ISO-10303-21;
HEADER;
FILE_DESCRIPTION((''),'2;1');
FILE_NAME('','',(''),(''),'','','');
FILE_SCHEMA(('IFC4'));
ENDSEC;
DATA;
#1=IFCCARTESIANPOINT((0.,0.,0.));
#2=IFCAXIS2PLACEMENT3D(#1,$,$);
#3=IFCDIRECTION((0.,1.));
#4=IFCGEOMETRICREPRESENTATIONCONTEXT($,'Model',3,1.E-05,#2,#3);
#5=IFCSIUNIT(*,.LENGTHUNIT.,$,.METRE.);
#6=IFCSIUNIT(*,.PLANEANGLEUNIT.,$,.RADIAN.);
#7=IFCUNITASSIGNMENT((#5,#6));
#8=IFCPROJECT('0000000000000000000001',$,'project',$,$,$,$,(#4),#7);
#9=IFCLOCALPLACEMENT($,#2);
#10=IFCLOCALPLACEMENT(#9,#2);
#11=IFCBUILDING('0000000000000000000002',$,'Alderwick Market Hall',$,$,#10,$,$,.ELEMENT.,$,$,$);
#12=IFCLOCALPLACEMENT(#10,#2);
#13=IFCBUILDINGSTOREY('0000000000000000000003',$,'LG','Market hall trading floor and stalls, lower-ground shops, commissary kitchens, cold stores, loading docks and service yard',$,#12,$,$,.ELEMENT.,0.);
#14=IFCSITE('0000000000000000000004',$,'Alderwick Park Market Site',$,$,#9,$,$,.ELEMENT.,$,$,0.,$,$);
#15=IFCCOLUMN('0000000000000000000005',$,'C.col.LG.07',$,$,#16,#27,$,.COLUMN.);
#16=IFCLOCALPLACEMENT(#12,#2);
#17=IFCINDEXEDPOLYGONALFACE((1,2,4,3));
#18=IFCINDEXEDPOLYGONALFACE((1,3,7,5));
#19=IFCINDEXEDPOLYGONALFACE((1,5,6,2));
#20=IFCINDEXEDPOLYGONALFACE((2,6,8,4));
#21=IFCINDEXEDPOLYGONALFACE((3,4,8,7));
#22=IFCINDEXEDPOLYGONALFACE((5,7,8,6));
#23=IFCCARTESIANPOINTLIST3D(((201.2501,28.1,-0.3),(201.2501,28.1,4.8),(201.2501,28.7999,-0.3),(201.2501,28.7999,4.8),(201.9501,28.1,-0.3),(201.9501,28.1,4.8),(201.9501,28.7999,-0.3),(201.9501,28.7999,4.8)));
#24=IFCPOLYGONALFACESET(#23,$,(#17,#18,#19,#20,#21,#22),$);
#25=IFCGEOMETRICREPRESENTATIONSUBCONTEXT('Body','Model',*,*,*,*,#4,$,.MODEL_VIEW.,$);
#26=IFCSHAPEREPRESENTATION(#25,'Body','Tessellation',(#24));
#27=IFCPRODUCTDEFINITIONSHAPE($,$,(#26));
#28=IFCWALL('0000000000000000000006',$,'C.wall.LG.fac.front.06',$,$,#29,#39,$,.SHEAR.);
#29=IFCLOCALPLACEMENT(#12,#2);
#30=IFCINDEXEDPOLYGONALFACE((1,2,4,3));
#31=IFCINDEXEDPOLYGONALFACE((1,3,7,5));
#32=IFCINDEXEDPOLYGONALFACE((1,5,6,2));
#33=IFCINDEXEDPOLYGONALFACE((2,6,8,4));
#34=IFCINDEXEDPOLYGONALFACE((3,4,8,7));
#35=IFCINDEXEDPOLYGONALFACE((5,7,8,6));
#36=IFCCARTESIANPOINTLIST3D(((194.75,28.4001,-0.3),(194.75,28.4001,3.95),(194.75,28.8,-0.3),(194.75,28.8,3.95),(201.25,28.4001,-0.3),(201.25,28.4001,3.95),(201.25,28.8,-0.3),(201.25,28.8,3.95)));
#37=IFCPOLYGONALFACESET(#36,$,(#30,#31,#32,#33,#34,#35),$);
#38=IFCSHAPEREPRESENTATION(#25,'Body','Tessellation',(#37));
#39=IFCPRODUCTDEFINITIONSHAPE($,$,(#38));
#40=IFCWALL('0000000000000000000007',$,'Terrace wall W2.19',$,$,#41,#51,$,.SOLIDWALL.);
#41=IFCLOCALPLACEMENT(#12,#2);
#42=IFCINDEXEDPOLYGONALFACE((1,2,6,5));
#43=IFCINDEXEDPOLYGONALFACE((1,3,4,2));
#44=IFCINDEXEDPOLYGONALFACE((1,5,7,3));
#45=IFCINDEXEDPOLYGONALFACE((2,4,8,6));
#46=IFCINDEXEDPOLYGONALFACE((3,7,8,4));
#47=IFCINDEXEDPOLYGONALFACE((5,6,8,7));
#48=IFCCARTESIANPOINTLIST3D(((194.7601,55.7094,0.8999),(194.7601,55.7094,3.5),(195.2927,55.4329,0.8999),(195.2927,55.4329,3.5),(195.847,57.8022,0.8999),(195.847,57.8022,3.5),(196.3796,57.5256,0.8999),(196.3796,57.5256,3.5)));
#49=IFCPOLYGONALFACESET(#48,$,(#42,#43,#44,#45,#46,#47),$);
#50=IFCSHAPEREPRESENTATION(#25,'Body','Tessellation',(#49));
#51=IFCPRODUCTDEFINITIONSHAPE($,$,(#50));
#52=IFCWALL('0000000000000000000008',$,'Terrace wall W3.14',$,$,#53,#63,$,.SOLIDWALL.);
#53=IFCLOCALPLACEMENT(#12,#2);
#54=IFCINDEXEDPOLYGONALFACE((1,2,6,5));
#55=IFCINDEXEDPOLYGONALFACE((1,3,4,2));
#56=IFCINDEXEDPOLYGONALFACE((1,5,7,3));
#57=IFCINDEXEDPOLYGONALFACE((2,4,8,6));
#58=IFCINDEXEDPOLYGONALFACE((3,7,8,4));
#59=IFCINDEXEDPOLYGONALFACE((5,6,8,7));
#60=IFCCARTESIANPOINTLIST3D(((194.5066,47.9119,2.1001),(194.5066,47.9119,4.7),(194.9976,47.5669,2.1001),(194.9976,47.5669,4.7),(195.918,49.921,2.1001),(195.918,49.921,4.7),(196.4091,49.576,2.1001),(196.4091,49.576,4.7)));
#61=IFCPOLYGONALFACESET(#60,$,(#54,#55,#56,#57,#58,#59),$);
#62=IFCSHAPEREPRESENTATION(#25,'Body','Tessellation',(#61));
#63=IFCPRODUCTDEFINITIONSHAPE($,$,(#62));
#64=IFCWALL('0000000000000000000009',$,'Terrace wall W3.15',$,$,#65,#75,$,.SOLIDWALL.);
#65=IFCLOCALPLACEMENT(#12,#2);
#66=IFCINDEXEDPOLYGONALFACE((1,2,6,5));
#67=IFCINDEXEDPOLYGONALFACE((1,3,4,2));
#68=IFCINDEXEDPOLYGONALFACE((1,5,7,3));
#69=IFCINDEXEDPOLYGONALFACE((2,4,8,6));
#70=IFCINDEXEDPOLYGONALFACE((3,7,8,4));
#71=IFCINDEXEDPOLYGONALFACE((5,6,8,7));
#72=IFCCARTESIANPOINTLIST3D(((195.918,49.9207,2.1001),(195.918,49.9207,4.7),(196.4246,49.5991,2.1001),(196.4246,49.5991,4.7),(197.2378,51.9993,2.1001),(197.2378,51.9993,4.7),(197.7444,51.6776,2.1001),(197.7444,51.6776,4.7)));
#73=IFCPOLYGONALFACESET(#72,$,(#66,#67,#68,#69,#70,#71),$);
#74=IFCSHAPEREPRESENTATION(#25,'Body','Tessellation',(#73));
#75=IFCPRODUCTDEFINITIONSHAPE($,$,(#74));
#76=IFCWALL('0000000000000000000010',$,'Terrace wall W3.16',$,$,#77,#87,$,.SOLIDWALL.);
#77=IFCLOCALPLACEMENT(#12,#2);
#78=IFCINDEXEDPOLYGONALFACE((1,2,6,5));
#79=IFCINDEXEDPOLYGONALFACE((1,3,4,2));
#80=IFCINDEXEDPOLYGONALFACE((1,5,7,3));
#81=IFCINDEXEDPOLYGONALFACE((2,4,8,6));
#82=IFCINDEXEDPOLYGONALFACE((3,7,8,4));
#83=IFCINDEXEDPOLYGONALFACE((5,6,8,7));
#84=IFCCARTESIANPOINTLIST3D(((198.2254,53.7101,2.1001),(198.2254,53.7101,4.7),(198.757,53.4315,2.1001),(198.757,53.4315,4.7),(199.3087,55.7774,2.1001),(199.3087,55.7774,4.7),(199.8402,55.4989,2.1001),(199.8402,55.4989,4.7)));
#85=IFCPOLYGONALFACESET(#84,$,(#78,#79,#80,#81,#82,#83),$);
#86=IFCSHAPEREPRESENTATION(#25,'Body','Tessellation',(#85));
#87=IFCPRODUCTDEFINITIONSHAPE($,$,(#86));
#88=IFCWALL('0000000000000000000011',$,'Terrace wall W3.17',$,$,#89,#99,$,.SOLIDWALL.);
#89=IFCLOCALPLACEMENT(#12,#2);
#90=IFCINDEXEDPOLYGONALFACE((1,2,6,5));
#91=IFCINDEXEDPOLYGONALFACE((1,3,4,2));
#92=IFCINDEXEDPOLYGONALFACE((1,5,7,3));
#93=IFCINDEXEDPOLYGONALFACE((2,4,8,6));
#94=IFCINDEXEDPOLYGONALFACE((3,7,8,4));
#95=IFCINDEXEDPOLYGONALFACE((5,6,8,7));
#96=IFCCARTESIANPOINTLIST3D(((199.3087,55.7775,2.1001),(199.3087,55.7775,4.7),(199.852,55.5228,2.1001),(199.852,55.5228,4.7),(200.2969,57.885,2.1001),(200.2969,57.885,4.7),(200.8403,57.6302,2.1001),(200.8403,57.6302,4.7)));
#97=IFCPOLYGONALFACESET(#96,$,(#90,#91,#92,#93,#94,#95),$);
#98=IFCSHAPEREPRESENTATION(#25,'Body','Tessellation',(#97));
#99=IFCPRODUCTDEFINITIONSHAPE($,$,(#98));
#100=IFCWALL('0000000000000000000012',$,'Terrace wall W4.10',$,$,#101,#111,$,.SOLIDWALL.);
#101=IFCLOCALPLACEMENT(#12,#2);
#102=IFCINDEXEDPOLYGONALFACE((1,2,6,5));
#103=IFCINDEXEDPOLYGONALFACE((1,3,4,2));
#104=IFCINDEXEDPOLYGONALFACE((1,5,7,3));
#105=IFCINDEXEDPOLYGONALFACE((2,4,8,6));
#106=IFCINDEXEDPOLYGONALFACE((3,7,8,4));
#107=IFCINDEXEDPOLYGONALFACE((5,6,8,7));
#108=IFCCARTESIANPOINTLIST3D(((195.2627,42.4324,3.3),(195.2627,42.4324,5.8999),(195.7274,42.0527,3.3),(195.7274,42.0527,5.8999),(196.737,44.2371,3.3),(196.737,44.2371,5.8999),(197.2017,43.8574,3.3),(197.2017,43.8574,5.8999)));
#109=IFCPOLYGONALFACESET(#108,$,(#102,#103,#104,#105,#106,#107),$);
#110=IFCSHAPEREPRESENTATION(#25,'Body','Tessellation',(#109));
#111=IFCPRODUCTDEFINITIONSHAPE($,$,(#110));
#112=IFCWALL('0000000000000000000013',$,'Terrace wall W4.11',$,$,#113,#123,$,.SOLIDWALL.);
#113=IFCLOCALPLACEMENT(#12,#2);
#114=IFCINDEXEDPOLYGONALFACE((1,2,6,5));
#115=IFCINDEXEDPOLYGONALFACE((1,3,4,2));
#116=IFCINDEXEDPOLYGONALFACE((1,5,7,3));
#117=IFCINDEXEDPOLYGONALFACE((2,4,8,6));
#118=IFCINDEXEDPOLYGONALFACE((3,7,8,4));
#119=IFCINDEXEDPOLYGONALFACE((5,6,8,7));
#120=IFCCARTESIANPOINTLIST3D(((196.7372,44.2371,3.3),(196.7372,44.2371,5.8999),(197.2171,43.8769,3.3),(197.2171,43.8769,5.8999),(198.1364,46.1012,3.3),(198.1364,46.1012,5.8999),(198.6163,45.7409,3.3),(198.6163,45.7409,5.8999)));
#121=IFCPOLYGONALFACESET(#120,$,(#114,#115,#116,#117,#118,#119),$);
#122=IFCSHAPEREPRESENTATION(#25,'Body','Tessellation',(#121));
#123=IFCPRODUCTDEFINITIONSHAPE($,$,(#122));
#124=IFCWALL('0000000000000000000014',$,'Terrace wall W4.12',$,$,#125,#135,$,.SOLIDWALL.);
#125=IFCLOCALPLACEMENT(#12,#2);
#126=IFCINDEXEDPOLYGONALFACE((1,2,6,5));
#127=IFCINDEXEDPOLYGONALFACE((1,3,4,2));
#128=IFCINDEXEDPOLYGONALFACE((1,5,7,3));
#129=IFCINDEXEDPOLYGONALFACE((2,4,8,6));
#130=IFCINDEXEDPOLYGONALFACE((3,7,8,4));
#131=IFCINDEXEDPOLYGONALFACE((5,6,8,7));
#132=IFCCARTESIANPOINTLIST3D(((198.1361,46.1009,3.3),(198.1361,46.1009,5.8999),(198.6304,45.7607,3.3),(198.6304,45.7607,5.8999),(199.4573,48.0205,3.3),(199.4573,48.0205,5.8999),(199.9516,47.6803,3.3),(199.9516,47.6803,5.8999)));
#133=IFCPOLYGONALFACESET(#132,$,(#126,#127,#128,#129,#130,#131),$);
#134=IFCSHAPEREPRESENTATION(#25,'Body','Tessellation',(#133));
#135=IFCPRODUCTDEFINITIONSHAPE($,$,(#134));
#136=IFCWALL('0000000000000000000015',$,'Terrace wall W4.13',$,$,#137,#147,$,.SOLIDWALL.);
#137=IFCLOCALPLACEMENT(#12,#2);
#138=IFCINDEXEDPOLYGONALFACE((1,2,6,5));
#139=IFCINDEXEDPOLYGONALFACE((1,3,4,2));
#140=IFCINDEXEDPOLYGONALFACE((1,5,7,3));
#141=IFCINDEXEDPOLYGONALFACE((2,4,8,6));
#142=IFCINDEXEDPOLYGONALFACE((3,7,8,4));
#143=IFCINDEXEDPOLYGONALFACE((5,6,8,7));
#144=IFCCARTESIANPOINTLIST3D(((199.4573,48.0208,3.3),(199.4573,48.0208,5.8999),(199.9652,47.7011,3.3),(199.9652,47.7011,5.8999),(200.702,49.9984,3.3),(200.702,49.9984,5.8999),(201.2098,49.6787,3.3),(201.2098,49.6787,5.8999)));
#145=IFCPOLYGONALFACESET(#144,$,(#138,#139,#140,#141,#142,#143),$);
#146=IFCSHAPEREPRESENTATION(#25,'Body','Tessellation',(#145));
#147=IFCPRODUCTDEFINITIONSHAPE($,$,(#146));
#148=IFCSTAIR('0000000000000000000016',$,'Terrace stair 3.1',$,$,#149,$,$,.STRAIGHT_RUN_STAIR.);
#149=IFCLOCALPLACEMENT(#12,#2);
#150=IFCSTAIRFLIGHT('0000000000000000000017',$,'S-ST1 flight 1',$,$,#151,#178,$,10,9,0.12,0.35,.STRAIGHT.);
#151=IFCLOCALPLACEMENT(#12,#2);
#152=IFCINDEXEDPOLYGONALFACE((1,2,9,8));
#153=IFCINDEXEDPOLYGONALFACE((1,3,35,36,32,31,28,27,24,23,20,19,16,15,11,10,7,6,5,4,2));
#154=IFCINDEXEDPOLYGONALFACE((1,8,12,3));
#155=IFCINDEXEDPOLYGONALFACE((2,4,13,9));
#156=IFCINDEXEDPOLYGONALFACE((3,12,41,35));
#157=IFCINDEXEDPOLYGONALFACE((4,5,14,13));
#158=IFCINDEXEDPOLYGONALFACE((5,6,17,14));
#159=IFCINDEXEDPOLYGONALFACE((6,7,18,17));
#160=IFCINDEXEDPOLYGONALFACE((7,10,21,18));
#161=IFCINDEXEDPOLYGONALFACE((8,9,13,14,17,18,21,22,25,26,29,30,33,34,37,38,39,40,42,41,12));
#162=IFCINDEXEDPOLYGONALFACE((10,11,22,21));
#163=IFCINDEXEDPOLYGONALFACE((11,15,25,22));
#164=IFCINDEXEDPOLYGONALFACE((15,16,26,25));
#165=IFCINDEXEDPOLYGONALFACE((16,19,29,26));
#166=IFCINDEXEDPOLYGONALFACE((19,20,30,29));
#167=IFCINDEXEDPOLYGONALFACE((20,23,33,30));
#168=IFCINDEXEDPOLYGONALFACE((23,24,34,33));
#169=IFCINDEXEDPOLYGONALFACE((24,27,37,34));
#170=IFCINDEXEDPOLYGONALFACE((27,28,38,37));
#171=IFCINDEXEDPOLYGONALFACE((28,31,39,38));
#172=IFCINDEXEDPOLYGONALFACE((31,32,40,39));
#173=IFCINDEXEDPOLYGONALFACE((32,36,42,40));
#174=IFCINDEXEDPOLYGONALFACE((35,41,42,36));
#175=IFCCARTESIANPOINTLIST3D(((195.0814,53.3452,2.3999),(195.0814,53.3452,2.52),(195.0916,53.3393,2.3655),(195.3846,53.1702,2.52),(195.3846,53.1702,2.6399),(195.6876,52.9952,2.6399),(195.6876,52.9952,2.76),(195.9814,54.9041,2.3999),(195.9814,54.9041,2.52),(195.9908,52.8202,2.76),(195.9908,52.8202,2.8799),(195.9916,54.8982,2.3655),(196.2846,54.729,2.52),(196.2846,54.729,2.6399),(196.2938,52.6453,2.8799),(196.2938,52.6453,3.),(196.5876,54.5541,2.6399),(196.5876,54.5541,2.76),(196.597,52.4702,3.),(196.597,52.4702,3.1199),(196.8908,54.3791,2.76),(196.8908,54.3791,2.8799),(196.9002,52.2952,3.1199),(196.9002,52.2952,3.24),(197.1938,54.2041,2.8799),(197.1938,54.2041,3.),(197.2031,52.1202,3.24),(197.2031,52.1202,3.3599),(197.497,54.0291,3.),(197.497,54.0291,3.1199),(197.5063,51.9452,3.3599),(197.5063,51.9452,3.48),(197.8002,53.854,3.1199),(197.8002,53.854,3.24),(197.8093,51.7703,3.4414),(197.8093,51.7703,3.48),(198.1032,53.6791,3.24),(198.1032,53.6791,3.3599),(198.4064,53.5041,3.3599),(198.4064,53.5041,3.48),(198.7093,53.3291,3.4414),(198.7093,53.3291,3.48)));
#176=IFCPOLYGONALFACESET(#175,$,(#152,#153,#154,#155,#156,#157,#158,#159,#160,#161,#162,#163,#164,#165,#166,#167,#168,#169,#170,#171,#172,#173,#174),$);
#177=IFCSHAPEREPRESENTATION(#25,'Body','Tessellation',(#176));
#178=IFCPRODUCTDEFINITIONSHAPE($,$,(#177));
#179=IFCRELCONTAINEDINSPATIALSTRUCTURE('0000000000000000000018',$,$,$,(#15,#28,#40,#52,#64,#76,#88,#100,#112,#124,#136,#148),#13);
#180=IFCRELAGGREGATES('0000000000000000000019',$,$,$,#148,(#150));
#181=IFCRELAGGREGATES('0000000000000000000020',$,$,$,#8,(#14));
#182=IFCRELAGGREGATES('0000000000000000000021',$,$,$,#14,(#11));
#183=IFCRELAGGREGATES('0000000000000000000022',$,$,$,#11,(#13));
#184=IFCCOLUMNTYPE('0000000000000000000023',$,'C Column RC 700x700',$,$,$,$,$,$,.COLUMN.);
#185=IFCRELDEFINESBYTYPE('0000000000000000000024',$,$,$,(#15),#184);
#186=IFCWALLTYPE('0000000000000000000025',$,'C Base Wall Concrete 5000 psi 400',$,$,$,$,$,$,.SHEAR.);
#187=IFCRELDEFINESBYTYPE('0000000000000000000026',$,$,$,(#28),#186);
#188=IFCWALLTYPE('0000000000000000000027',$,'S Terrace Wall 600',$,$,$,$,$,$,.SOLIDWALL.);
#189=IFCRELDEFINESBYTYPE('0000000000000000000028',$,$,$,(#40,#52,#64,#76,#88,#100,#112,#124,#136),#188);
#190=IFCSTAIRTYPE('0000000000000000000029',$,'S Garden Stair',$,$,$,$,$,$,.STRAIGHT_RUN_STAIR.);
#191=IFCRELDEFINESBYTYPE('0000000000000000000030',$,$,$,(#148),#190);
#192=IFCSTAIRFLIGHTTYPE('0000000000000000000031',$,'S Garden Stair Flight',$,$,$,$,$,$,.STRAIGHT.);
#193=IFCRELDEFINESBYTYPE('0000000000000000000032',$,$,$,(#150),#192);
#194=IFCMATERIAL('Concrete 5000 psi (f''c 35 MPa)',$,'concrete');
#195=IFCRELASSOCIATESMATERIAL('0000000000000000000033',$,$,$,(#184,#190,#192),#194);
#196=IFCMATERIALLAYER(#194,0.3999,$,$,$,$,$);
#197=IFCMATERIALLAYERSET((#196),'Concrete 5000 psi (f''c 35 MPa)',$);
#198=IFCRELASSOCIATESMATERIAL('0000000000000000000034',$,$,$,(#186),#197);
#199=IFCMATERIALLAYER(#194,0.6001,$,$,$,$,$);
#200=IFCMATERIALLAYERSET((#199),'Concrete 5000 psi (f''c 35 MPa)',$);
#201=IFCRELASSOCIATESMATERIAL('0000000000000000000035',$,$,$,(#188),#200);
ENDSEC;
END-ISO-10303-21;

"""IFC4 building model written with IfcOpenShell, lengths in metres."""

from ifc_helpers import new_model, si_unit, direction, frame, frame_2d, origin, origin_2d, place, context, subcontext, project, spatial, polyline, rectangle, outline, extrude, material, layer, layer_set, material_profile, profile_set, type_object, element, aggregate, save


model = new_model("IFC4")

# Units and contexts
model_context = context("Model", 3, precision=1e-05, world=origin(), true_north=direction((0.0, 1.0)))
body_context = subcontext(model_context, "Body", "Model", "MODEL_VIEW")
ifc_project = project(units=[si_unit("LENGTHUNIT", "METRE"), si_unit("PLANEANGLEUNIT", "RADIAN")], contexts=[model_context])

# Site, building, storey
site_placement = place(None, origin())
site = spatial("IfcSite", under=ifc_project, at=site_placement, Name="Alderwick Park Market Site", CompositionType="ELEMENT", RefElevation=0.0)
building_placement = place(site_placement, origin())
building = spatial("IfcBuilding", under=site, at=building_placement, Name="Alderwick Market Hall", CompositionType="ELEMENT")
storey_placement = place(building_placement, origin())
storey = spatial("IfcBuildingStorey", under=building, at=storey_placement, Name="LG", Description="Market hall trading floor and stalls, lower-ground shops, commissary kitchens, cold stores, loading docks and service yard", CompositionType="ELEMENT", Elevation=0.0)

# Column
ifc_material_1 = material(Name="Concrete 5000 psi (f'c 35 MPa)", Category="concrete")
ifc_material_profile = material_profile(ifc_material_1, rectangle(XDim=0.7, YDim=0.7, at=origin_2d()), Name="RC 700x700")
ifc_profile_set = profile_set([ifc_material_profile], Name="Concrete 5000 psi (f'c 35 MPa)")
column_type = type_object("IfcColumnType", Name="C Column RC 700x700", PredefinedType="COLUMN", material=ifc_profile_set)
column_placement = place(storey_placement, frame((201.6001, 28.45, -0.3), z_axis=(0.0, 0.0, 1.0), x_axis=(1.0, 0.0, 0.0)))
element("IfcColumn", 1, at=column_placement, inside=storey, type_object=column_type, Name="C.col.LG.07", PredefinedType="COLUMN", context=body_context, shape_type="SweptSolid", body=[
    extrude(rectangle(XDim=0.7, YDim=0.7, at=origin_2d()), origin(), (0.0, 0.0, 1.0), 5.1001),
])

# Walls
ifc_layer_1 = layer(ifc_material_1, 0.3999)
ifc_layer_set_1 = layer_set([ifc_layer_1], Name="Concrete 5000 psi (f'c 35 MPa)")
wall_type_1 = type_object("IfcWallType", Name="C Base Wall Concrete 5000 psi 400", PredefinedType="SHEAR", material=ifc_layer_set_1)
wall_1_placement = place(storey_placement, frame((194.75, 28.6001, -0.3), z_axis=(0.0, 0.0, 1.0), x_axis=(1.0, 0.0, 0.0)))
element("IfcWall", 2, at=wall_1_placement, inside=storey, type_object=wall_type_1, Name="C.wall.LG.fac.front.06", PredefinedType="SHEAR", context=body_context, shape_type="SweptSolid", body=[
    extrude(rectangle(XDim=6.5, YDim=0.3999, at=frame_2d((3.25, 0.0))), origin(), (0.0, 0.0, 1.0), 4.25),
])
ifc_layer_2 = layer(ifc_material_1, 0.6001)
ifc_layer_set_2 = layer_set([ifc_layer_2], Name="Concrete 5000 psi (f'c 35 MPa)")
wall_type_2 = type_object("IfcWallType", Name="S Terrace Wall 600", PredefinedType="SOLIDWALL", material=ifc_layer_set_2)
wall_2_placement = place(storey_placement, frame((195.0264, 55.571, 0.8999), z_axis=(0.0, 0.0, 1.0), x_axis=(0.460909, 0.887447, 0.0)))
element("IfcWall", 3, at=wall_2_placement, inside=storey, type_object=wall_type_2, Name="Terrace wall W2.19", PredefinedType="SOLIDWALL", context=body_context, shape_type="SweptSolid", body=[
    extrude(rectangle(XDim=2.3582, YDim=0.6001, at=frame_2d((1.1792, 0.0))), origin(), (0.0, 0.0, 1.0), 2.6001),
])
wall_3_placement = place(storey_placement, frame((194.7522, 47.7395, 2.1001), z_axis=(0.0, 0.0, 1.0), x_axis=(0.574843, 0.818264, 0.0)))
element("IfcWall", 4, at=wall_3_placement, inside=storey, type_object=wall_type_2, Name="Terrace wall W3.14", PredefinedType="SOLIDWALL", context=body_context, shape_type="SweptSolid", body=[
    extrude(rectangle(XDim=2.4553, YDim=0.6001, at=frame_2d((1.2275, 0.0))), origin(), (0.0, 0.0, 1.0), 2.5999),
])
wall_4_placement = place(storey_placement, frame((196.1714, 49.76, 2.1001), z_axis=(0.0, 0.0, 1.0), x_axis=(0.536028, 0.8442, 0.0)))
element("IfcWall", 5, at=wall_4_placement, inside=storey, type_object=wall_type_2, Name="Terrace wall W3.15", PredefinedType="SOLIDWALL", context=body_context, shape_type="SweptSolid", body=[
    extrude(rectangle(XDim=2.4622, YDim=0.6001, at=frame_2d((1.231, 0.0))), origin(), (0.0, 0.0, 1.0), 2.5999),
])
wall_5_placement = place(storey_placement, frame((198.4912, 53.5708, 2.1001), z_axis=(0.0, 0.0, 1.0), x_axis=(0.46412, 0.885772, 0.0)))
element("IfcWall", 6, at=wall_5_placement, inside=storey, type_object=wall_type_2, Name="Terrace wall W3.16", PredefinedType="SOLIDWALL", context=body_context, shape_type="SweptSolid", body=[
    extrude(rectangle(XDim=2.334, YDim=0.6001, at=frame_2d((1.167, 0.0))), origin(), (0.0, 0.0, 1.0), 2.5999),
])
wall_6_placement = place(storey_placement, frame((199.5803, 55.6501, 2.1001), z_axis=(0.0, 0.0, 1.0), x_axis=(0.424584, 0.905388, 0.0)))
element("IfcWall", 7, at=wall_6_placement, inside=storey, type_object=wall_type_2, Name="Terrace wall W3.17", PredefinedType="SOLIDWALL", context=body_context, shape_type="SweptSolid", body=[
    extrude(rectangle(XDim=2.3276, YDim=0.6001, at=frame_2d((1.1638, 0.0))), origin(), (0.0, 0.0, 1.0), 2.5999),
])
wall_7_placement = place(storey_placement, frame((195.4951, 42.2427, 3.3), z_axis=(0.0, 0.0, 1.0), x_axis=(0.632673, 0.774419, 0.0)))
element("IfcWall", 8, at=wall_7_placement, inside=storey, type_object=wall_type_2, Name="Terrace wall W4.10", PredefinedType="SOLIDWALL", context=body_context, shape_type="SweptSolid", body=[
    extrude(rectangle(XDim=2.3303, YDim=0.6001, at=frame_2d((1.165, 0.0))), origin(), (0.0, 0.0, 1.0), 2.5999),
])
wall_8_placement = place(storey_placement, frame((196.9771, 44.0569, 3.3), z_axis=(0.0, 0.0, 1.0), x_axis=(0.600318, 0.799761, 0.0)))
element("IfcWall", 9, at=wall_8_placement, inside=storey, type_object=wall_type_2, Name="Terrace wall W4.11", PredefinedType="SOLIDWALL", context=body_context, shape_type="SweptSolid", body=[
    extrude(rectangle(XDim=2.3308, YDim=0.6001, at=frame_2d((1.1655, 0.0))), origin(), (0.0, 0.0, 1.0), 2.5999),
])
wall_9_placement = place(storey_placement, frame((198.3833, 45.9309, 3.3), z_axis=(0.0, 0.0, 1.0), x_axis=(0.566969, 0.823739, 0.0)))
element("IfcWall", 10, at=wall_9_placement, inside=storey, type_object=wall_type_2, Name="Terrace wall W4.12", PredefinedType="SOLIDWALL", context=body_context, shape_type="SweptSolid", body=[
    extrude(rectangle(XDim=2.3303, YDim=0.6001, at=frame_2d((1.165, 0.0))), origin(), (0.0, 0.0, 1.0), 2.5999),
])
wall_10_placement = place(storey_placement, frame((199.7112, 47.8608, 3.3), z_axis=(0.0, 0.0, 1.0), x_axis=(0.532664, 0.846327, 0.0)))
element("IfcWall", 11, at=wall_10_placement, inside=storey, type_object=wall_type_2, Name="Terrace wall W4.13", PredefinedType="SOLIDWALL", context=body_context, shape_type="SweptSolid", body=[
    extrude(rectangle(XDim=2.3367, YDim=0.6001, at=frame_2d((1.1685, 0.0))), origin(), (0.0, 0.0, 1.0), 2.5999),
])

# Stair, stair flight
stair_type = type_object("IfcStairType", Name="S Garden Stair", PredefinedType="STRAIGHT_RUN_STAIR", material=ifc_material_1)
stair_1_placement = place(storey_placement, origin())
stair_1 = element("IfcStair", 12, at=stair_1_placement, inside=storey, type_object=stair_type, Name="Terrace stair 3.1", PredefinedType="STRAIGHT_RUN_STAIR")
stair_flight_type = type_object("IfcStairFlightType", Name="S Garden Stair Flight", PredefinedType="STRAIGHT", material=ifc_material_1)
stair_flight_1_placement = place(storey_placement, frame((195.5315, 54.1248, 2.3999), z_axis=(0.0, 0.0, 1.0), x_axis=(0.866025, -0.5, 0.0)))
stair_flight_1 = element("IfcStairFlight", 13, at=stair_flight_1_placement, type_object=stair_flight_type, Name="S-ST1 flight 1", NumberOfRisers=10, NumberOfTreads=9, PredefinedType="STRAIGHT", RiserHeight=0.12, TreadLength=0.35, context=body_context, shape_type="SweptSolid", body=[
    extrude(outline(polyline([(0.0117, -0.0344), (0.0, 0.0), (0.0, 0.1201), (0.3501, 0.1201), (0.3501, 0.24), (0.7, 0.24), (0.7, 0.3601), (1.05, 0.3601), (1.05, 0.48), (1.3999, 0.48), (1.3999, 0.6001), (1.75, 0.6001), (1.75, 0.72), (2.1001, 0.72), (2.1001, 0.8401), (2.45, 0.8401), (2.45, 0.96), (2.8, 0.96), (2.8, 1.0801), (3.1499, 1.0801), (3.1499, 1.0415), (0.0117, -0.0344)])), frame((0.0, 0.8999, 0.0), z_axis=(0.0, -1.0, 0.0), x_axis=(1.0, 0.0, 0.0)), (0.0, 0.0, 1.0), 1.8),
])

aggregate(stair_1, [stair_flight_1])

save(model, "model.ifc")
